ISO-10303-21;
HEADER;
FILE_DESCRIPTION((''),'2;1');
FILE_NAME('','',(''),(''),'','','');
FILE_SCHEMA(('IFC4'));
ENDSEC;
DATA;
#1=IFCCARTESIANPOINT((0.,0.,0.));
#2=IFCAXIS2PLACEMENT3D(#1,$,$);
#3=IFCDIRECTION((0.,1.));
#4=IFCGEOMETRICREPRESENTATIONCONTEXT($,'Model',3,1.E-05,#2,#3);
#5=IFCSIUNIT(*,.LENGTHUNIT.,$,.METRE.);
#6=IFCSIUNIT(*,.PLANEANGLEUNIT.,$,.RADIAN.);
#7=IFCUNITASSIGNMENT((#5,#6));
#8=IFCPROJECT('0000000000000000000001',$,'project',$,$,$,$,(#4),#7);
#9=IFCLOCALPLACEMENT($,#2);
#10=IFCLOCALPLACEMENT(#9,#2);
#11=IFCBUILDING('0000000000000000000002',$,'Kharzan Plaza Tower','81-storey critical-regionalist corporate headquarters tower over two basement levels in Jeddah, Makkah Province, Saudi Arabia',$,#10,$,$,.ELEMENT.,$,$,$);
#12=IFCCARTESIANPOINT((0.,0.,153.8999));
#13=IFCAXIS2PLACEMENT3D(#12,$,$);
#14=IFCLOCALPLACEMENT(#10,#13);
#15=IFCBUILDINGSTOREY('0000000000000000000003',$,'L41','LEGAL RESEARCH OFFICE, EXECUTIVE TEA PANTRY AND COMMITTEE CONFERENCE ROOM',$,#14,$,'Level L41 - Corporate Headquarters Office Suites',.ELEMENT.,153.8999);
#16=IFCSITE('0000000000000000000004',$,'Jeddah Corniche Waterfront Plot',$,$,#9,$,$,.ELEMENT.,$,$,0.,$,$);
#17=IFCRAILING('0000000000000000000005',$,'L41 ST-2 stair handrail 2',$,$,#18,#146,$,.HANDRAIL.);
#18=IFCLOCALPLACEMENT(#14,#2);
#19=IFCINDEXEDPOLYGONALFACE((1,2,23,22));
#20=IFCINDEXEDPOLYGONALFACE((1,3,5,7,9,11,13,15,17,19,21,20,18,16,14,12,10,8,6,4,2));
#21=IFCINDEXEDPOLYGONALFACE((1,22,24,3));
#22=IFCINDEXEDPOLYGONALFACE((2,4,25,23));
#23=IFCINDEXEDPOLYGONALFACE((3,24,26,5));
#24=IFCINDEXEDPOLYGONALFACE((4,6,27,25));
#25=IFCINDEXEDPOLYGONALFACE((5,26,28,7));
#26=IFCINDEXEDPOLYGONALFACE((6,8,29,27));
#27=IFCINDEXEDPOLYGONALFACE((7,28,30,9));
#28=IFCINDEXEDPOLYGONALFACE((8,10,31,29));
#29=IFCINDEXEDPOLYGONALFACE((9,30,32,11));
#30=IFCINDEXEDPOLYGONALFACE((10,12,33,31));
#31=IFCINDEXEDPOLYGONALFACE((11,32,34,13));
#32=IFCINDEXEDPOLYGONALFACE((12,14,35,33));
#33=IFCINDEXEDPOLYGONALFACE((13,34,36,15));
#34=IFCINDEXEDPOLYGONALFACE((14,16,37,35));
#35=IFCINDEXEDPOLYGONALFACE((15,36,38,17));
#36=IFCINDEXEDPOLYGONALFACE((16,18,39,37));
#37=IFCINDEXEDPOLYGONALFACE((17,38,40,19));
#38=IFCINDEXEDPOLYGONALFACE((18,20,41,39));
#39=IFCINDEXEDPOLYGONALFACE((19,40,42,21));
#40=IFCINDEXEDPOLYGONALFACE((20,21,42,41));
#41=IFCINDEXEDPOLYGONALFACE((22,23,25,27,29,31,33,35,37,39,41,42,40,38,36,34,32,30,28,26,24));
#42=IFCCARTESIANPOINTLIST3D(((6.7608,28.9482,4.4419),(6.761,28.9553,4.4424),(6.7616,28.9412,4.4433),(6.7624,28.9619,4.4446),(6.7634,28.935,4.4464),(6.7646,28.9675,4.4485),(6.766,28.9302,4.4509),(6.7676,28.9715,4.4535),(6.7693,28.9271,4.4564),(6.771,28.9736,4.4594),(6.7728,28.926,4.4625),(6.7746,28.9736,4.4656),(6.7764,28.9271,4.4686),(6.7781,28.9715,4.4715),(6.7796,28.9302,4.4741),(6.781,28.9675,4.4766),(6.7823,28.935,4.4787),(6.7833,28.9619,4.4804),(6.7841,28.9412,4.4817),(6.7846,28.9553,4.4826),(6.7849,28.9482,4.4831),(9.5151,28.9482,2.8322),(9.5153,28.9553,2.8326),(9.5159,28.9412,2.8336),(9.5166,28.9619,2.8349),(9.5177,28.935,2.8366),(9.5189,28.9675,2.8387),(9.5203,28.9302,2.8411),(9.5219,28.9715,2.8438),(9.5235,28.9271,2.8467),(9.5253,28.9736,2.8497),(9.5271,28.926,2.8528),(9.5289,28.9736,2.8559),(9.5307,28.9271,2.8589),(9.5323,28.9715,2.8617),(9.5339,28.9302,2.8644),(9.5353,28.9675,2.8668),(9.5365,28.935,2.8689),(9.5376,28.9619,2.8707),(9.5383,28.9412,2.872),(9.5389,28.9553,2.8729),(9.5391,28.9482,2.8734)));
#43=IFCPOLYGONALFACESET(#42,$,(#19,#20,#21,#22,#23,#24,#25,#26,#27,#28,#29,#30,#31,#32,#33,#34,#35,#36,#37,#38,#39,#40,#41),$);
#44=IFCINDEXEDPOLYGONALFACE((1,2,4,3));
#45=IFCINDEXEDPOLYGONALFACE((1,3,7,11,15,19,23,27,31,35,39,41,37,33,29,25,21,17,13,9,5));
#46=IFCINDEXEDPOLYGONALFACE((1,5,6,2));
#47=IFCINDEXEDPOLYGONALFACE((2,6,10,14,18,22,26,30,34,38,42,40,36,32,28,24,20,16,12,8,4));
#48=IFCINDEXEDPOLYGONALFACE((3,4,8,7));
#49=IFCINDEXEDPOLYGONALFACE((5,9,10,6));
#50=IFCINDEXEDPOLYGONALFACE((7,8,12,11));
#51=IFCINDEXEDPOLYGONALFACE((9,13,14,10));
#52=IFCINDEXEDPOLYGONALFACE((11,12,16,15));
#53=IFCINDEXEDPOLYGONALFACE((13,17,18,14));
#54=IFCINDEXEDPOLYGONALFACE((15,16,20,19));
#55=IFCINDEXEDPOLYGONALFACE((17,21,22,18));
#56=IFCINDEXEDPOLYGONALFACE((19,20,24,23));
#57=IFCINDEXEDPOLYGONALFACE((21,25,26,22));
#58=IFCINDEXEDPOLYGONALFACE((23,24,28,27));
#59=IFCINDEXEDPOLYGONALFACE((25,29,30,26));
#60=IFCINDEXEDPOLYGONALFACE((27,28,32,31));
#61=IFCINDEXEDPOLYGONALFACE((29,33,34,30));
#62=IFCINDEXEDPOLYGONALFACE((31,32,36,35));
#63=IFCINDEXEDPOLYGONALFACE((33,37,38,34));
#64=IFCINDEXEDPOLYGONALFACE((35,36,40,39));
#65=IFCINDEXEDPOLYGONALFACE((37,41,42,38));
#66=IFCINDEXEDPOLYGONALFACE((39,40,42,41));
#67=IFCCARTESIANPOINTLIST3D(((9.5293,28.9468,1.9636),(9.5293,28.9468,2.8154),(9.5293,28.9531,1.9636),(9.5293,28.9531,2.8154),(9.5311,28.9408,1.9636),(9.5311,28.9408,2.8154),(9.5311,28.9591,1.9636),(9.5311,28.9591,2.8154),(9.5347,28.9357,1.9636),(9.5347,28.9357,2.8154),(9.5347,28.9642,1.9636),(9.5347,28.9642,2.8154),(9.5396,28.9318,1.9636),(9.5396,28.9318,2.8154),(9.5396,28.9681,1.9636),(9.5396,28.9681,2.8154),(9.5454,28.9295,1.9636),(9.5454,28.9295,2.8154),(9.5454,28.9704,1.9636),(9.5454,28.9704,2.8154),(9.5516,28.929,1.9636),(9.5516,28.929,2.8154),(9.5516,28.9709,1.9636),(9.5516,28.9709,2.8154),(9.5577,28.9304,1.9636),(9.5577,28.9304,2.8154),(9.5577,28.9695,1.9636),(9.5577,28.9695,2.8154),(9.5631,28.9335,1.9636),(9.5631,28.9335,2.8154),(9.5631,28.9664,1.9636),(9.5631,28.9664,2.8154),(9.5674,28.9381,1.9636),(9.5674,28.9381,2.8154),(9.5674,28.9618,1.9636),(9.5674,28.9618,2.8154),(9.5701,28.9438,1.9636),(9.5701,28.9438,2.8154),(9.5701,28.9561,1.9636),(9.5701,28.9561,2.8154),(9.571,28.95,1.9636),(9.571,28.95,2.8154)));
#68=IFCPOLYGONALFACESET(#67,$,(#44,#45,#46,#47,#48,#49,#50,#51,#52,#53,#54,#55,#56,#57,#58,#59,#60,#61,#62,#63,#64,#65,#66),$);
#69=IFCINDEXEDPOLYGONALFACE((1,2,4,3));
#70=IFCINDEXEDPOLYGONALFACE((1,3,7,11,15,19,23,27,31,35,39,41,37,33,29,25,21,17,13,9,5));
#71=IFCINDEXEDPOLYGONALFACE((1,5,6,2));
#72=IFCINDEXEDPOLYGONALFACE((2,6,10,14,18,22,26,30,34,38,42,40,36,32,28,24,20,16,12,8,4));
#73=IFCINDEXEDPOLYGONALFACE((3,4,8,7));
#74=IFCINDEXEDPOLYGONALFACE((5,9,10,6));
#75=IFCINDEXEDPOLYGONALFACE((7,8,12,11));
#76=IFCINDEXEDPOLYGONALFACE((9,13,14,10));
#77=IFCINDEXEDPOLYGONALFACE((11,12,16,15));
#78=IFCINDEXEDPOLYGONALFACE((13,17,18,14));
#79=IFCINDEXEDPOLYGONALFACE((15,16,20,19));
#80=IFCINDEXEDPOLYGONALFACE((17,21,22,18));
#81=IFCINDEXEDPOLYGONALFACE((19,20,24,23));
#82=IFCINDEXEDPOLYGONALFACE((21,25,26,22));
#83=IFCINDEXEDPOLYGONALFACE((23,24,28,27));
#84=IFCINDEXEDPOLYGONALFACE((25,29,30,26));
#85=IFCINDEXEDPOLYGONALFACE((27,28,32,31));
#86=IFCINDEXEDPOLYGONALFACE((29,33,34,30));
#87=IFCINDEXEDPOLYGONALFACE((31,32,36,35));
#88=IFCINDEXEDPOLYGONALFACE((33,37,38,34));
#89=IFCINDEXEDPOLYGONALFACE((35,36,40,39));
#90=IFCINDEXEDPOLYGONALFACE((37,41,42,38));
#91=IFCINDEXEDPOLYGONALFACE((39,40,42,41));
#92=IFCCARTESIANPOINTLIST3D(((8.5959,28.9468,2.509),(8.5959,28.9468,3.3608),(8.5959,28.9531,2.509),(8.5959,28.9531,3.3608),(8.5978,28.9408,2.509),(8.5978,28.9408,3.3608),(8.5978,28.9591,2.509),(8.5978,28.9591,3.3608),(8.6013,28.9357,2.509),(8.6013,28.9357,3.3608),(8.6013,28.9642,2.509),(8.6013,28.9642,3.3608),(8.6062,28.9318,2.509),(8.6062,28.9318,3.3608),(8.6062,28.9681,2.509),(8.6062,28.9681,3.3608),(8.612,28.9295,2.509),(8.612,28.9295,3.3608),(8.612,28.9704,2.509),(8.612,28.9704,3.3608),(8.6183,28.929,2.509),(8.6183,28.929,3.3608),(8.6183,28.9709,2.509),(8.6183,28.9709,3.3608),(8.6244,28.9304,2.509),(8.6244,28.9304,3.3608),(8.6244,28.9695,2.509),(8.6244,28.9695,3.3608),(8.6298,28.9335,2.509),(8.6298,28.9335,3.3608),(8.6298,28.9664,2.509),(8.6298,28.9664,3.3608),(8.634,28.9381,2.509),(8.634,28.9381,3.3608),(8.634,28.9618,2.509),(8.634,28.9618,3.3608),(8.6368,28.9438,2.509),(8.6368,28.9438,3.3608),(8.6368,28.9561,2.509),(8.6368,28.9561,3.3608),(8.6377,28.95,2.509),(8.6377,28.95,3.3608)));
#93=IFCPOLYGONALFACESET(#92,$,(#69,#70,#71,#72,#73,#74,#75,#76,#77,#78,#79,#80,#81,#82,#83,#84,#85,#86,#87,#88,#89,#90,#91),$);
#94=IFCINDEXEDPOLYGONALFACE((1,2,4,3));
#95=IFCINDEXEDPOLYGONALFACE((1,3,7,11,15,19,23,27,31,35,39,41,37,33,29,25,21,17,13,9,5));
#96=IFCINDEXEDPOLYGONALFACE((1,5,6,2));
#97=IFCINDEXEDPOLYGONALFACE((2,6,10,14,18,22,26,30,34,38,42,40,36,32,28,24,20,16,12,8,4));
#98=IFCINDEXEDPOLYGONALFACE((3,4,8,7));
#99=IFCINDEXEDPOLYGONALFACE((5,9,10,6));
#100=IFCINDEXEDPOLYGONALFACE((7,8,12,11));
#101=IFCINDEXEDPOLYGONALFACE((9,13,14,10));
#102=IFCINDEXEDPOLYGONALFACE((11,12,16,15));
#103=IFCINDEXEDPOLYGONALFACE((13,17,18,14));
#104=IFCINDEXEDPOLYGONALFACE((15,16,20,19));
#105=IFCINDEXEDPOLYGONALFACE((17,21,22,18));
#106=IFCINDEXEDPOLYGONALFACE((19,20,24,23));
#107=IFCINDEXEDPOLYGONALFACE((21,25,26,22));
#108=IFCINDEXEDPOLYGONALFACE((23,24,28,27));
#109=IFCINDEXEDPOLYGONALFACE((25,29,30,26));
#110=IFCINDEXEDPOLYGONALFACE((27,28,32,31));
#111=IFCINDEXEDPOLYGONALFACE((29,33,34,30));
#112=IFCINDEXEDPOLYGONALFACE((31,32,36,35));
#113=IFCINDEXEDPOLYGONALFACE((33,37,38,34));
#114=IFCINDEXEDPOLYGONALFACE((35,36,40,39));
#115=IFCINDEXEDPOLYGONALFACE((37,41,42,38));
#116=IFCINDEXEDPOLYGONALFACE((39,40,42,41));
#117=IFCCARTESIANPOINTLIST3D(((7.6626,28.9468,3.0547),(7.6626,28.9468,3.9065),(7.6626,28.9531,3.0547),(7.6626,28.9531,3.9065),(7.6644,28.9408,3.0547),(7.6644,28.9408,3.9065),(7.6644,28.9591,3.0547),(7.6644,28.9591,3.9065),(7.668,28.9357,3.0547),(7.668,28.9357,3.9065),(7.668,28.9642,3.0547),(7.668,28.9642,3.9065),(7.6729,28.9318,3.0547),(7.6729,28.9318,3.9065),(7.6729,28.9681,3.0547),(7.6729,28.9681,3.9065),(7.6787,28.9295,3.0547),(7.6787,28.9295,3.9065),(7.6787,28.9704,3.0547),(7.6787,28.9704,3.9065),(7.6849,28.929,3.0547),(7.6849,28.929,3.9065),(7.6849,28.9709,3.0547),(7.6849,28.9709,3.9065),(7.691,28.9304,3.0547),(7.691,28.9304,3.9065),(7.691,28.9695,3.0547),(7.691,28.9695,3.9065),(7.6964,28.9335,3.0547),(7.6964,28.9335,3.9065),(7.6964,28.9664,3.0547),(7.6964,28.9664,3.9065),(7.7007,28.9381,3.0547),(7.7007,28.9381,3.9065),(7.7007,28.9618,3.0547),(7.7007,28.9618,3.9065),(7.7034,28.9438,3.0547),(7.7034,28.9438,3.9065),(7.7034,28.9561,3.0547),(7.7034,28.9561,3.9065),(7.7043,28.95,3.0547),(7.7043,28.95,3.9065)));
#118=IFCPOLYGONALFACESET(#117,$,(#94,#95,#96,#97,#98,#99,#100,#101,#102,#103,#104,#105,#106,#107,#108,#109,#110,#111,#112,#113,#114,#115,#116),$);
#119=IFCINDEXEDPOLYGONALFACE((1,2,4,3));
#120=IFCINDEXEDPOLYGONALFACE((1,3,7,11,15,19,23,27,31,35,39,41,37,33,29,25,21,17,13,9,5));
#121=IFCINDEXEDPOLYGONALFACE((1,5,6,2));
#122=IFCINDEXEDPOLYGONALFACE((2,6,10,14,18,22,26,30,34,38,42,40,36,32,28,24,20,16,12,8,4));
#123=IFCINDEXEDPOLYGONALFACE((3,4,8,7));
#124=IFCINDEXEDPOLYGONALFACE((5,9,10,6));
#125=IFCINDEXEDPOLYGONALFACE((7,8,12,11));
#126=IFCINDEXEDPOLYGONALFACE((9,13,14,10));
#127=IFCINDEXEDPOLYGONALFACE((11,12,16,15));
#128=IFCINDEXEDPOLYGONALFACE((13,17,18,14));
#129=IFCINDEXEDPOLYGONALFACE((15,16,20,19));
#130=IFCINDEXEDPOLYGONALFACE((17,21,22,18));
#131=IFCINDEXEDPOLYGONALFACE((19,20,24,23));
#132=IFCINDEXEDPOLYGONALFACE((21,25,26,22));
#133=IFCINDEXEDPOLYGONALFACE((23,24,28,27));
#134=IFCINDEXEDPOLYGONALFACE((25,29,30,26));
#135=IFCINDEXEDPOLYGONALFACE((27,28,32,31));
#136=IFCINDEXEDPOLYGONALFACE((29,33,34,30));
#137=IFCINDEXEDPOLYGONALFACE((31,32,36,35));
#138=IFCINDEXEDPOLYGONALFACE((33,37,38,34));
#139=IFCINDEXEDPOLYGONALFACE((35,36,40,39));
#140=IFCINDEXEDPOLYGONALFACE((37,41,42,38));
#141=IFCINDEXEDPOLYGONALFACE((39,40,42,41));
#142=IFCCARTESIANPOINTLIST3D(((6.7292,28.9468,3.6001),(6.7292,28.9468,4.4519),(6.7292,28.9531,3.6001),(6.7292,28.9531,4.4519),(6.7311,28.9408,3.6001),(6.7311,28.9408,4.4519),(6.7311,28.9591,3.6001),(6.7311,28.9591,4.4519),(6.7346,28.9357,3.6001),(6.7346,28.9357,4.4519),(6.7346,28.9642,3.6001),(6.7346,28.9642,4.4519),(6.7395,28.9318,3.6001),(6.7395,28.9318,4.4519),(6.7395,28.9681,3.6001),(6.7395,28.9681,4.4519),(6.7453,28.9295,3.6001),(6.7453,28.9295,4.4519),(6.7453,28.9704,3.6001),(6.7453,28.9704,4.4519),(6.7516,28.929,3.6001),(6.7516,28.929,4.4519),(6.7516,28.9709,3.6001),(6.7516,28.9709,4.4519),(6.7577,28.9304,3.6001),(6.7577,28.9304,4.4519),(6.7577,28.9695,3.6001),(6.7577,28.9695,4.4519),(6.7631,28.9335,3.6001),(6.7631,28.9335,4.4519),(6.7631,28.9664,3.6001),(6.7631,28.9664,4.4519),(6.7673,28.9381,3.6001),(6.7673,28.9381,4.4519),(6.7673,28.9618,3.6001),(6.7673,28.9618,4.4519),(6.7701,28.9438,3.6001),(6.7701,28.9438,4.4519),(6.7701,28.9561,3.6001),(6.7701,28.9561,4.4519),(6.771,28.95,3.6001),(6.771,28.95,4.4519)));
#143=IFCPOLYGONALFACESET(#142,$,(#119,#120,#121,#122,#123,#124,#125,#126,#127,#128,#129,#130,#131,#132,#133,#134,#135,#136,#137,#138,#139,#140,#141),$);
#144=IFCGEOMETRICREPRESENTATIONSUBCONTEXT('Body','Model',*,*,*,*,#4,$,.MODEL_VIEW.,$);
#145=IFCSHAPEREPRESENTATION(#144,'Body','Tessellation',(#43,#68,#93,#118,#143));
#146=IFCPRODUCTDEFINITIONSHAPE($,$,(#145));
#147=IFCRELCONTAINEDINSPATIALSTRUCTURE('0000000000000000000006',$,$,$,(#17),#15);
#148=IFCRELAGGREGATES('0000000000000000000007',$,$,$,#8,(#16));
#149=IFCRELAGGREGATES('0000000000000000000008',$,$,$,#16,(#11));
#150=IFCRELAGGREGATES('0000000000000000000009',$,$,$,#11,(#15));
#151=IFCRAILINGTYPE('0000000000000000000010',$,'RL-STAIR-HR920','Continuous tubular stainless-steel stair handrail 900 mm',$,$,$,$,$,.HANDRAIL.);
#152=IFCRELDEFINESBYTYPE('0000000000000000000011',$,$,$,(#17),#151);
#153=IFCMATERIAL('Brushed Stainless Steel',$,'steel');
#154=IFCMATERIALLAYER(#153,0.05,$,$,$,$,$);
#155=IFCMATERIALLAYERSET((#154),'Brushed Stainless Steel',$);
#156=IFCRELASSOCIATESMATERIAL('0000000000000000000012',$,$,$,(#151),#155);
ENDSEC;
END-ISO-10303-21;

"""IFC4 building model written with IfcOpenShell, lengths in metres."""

from ifc_helpers import new_model, si_unit, direction, frame, origin, origin_2d, place, context, subcontext, project, spatial, circle, extrude, source, transform, mapped, material, layer, layer_set, type_object, element, save


model = new_model("IFC4")

# Units and contexts
model_context = context("Model", 3, precision=1e-05, world=origin(), true_north=direction((0.0, 1.0)))
body_context = subcontext(model_context, "Body", "Model", "MODEL_VIEW")
ifc_project = project(units=[si_unit("LENGTHUNIT", "METRE"), si_unit("PLANEANGLEUNIT", "RADIAN")], contexts=[model_context])

# Site, building, storey
site_placement = place(None, origin())
site = spatial("IfcSite", under=ifc_project, at=site_placement, Name="Jeddah Corniche Waterfront Plot", CompositionType="ELEMENT", RefElevation=0.0)
building_placement = place(site_placement, origin())
building = spatial("IfcBuilding", under=site, at=building_placement, Name="Kharzan Plaza Tower", Description="81-storey critical-regionalist corporate headquarters tower over two basement levels in Jeddah, Makkah Province, Saudi Arabia", CompositionType="ELEMENT")
storey_placement = place(building_placement, frame((0.0, 0.0, 153.8999)))
storey = spatial("IfcBuildingStorey", under=building, at=storey_placement, Name="L41", Description="LEGAL RESEARCH OFFICE, EXECUTIVE TEA PANTRY AND COMMITTEE CONFERENCE ROOM", LongName="Level L41 - Corporate Headquarters Office Suites", CompositionType="ELEMENT", Elevation=153.8999)

# Shared definitions
ifc_material_1 = material(Name="Brushed Stainless Steel", Category="steel")

# Railing
ifc_layer_1 = layer(ifc_material_1, 0.05)
ifc_layer_set_1 = layer_set([ifc_layer_1], Name="Brushed Stainless Steel")
railing_type_1 = type_object("IfcRailingType", Name="RL-STAIR-HR920", Description="Continuous tubular stainless-steel stair handrail 900 mm", PredefinedType="HANDRAIL", material=ifc_layer_set_1)
shared_shape_1 = source(origin(), body_context, "Body", "SweptSolid", [
    extrude(circle(Radius=0.0239, at=origin_2d()), frame((-0.0229, 0.0, 0.8892), z_axis=(-0.863361, 0.0, 0.504587), x_axis=(0.0, -1.0, 0.0)), (0.0, 0.0, 1.0), 3.1902),
    extrude(circle(Radius=0.021, at=origin_2d()), origin(), (0.0, 0.0, 1.0), 0.8518),
    extrude(circle(Radius=0.021, at=origin_2d()), frame((-0.9333, 0.0, 0.5454)), (0.0, 0.0, 1.0), 0.8518),
    extrude(circle(Radius=0.021, at=origin_2d()), frame((-1.8667, 0.0, 1.0911)), (0.0, 0.0, 1.0), 0.8518),
    extrude(circle(Radius=0.021, at=origin_2d()), frame((-2.8, 0.0, 1.6365)), (0.0, 0.0, 1.0), 0.8518),
])
railing_1_placement = place(storey_placement, frame((9.55, 28.95, 1.9636)))
element("IfcRailing", 1, at=railing_1_placement, inside=storey, type_object=railing_type_1, Name="L41 ST-2 stair handrail 2", PredefinedType="HANDRAIL", context=body_context, shape_type="MappedRepresentation", body=[
    mapped(shared_shape_1, transform((0.0, 0.0, 0.0), x_axis=(1.0, 0.0, 0.0), y_axis=(0.0, 1.0, 0.0), z_axis=(0.0, 0.0, 1.0))),
])

save(model, "model.ifc")
